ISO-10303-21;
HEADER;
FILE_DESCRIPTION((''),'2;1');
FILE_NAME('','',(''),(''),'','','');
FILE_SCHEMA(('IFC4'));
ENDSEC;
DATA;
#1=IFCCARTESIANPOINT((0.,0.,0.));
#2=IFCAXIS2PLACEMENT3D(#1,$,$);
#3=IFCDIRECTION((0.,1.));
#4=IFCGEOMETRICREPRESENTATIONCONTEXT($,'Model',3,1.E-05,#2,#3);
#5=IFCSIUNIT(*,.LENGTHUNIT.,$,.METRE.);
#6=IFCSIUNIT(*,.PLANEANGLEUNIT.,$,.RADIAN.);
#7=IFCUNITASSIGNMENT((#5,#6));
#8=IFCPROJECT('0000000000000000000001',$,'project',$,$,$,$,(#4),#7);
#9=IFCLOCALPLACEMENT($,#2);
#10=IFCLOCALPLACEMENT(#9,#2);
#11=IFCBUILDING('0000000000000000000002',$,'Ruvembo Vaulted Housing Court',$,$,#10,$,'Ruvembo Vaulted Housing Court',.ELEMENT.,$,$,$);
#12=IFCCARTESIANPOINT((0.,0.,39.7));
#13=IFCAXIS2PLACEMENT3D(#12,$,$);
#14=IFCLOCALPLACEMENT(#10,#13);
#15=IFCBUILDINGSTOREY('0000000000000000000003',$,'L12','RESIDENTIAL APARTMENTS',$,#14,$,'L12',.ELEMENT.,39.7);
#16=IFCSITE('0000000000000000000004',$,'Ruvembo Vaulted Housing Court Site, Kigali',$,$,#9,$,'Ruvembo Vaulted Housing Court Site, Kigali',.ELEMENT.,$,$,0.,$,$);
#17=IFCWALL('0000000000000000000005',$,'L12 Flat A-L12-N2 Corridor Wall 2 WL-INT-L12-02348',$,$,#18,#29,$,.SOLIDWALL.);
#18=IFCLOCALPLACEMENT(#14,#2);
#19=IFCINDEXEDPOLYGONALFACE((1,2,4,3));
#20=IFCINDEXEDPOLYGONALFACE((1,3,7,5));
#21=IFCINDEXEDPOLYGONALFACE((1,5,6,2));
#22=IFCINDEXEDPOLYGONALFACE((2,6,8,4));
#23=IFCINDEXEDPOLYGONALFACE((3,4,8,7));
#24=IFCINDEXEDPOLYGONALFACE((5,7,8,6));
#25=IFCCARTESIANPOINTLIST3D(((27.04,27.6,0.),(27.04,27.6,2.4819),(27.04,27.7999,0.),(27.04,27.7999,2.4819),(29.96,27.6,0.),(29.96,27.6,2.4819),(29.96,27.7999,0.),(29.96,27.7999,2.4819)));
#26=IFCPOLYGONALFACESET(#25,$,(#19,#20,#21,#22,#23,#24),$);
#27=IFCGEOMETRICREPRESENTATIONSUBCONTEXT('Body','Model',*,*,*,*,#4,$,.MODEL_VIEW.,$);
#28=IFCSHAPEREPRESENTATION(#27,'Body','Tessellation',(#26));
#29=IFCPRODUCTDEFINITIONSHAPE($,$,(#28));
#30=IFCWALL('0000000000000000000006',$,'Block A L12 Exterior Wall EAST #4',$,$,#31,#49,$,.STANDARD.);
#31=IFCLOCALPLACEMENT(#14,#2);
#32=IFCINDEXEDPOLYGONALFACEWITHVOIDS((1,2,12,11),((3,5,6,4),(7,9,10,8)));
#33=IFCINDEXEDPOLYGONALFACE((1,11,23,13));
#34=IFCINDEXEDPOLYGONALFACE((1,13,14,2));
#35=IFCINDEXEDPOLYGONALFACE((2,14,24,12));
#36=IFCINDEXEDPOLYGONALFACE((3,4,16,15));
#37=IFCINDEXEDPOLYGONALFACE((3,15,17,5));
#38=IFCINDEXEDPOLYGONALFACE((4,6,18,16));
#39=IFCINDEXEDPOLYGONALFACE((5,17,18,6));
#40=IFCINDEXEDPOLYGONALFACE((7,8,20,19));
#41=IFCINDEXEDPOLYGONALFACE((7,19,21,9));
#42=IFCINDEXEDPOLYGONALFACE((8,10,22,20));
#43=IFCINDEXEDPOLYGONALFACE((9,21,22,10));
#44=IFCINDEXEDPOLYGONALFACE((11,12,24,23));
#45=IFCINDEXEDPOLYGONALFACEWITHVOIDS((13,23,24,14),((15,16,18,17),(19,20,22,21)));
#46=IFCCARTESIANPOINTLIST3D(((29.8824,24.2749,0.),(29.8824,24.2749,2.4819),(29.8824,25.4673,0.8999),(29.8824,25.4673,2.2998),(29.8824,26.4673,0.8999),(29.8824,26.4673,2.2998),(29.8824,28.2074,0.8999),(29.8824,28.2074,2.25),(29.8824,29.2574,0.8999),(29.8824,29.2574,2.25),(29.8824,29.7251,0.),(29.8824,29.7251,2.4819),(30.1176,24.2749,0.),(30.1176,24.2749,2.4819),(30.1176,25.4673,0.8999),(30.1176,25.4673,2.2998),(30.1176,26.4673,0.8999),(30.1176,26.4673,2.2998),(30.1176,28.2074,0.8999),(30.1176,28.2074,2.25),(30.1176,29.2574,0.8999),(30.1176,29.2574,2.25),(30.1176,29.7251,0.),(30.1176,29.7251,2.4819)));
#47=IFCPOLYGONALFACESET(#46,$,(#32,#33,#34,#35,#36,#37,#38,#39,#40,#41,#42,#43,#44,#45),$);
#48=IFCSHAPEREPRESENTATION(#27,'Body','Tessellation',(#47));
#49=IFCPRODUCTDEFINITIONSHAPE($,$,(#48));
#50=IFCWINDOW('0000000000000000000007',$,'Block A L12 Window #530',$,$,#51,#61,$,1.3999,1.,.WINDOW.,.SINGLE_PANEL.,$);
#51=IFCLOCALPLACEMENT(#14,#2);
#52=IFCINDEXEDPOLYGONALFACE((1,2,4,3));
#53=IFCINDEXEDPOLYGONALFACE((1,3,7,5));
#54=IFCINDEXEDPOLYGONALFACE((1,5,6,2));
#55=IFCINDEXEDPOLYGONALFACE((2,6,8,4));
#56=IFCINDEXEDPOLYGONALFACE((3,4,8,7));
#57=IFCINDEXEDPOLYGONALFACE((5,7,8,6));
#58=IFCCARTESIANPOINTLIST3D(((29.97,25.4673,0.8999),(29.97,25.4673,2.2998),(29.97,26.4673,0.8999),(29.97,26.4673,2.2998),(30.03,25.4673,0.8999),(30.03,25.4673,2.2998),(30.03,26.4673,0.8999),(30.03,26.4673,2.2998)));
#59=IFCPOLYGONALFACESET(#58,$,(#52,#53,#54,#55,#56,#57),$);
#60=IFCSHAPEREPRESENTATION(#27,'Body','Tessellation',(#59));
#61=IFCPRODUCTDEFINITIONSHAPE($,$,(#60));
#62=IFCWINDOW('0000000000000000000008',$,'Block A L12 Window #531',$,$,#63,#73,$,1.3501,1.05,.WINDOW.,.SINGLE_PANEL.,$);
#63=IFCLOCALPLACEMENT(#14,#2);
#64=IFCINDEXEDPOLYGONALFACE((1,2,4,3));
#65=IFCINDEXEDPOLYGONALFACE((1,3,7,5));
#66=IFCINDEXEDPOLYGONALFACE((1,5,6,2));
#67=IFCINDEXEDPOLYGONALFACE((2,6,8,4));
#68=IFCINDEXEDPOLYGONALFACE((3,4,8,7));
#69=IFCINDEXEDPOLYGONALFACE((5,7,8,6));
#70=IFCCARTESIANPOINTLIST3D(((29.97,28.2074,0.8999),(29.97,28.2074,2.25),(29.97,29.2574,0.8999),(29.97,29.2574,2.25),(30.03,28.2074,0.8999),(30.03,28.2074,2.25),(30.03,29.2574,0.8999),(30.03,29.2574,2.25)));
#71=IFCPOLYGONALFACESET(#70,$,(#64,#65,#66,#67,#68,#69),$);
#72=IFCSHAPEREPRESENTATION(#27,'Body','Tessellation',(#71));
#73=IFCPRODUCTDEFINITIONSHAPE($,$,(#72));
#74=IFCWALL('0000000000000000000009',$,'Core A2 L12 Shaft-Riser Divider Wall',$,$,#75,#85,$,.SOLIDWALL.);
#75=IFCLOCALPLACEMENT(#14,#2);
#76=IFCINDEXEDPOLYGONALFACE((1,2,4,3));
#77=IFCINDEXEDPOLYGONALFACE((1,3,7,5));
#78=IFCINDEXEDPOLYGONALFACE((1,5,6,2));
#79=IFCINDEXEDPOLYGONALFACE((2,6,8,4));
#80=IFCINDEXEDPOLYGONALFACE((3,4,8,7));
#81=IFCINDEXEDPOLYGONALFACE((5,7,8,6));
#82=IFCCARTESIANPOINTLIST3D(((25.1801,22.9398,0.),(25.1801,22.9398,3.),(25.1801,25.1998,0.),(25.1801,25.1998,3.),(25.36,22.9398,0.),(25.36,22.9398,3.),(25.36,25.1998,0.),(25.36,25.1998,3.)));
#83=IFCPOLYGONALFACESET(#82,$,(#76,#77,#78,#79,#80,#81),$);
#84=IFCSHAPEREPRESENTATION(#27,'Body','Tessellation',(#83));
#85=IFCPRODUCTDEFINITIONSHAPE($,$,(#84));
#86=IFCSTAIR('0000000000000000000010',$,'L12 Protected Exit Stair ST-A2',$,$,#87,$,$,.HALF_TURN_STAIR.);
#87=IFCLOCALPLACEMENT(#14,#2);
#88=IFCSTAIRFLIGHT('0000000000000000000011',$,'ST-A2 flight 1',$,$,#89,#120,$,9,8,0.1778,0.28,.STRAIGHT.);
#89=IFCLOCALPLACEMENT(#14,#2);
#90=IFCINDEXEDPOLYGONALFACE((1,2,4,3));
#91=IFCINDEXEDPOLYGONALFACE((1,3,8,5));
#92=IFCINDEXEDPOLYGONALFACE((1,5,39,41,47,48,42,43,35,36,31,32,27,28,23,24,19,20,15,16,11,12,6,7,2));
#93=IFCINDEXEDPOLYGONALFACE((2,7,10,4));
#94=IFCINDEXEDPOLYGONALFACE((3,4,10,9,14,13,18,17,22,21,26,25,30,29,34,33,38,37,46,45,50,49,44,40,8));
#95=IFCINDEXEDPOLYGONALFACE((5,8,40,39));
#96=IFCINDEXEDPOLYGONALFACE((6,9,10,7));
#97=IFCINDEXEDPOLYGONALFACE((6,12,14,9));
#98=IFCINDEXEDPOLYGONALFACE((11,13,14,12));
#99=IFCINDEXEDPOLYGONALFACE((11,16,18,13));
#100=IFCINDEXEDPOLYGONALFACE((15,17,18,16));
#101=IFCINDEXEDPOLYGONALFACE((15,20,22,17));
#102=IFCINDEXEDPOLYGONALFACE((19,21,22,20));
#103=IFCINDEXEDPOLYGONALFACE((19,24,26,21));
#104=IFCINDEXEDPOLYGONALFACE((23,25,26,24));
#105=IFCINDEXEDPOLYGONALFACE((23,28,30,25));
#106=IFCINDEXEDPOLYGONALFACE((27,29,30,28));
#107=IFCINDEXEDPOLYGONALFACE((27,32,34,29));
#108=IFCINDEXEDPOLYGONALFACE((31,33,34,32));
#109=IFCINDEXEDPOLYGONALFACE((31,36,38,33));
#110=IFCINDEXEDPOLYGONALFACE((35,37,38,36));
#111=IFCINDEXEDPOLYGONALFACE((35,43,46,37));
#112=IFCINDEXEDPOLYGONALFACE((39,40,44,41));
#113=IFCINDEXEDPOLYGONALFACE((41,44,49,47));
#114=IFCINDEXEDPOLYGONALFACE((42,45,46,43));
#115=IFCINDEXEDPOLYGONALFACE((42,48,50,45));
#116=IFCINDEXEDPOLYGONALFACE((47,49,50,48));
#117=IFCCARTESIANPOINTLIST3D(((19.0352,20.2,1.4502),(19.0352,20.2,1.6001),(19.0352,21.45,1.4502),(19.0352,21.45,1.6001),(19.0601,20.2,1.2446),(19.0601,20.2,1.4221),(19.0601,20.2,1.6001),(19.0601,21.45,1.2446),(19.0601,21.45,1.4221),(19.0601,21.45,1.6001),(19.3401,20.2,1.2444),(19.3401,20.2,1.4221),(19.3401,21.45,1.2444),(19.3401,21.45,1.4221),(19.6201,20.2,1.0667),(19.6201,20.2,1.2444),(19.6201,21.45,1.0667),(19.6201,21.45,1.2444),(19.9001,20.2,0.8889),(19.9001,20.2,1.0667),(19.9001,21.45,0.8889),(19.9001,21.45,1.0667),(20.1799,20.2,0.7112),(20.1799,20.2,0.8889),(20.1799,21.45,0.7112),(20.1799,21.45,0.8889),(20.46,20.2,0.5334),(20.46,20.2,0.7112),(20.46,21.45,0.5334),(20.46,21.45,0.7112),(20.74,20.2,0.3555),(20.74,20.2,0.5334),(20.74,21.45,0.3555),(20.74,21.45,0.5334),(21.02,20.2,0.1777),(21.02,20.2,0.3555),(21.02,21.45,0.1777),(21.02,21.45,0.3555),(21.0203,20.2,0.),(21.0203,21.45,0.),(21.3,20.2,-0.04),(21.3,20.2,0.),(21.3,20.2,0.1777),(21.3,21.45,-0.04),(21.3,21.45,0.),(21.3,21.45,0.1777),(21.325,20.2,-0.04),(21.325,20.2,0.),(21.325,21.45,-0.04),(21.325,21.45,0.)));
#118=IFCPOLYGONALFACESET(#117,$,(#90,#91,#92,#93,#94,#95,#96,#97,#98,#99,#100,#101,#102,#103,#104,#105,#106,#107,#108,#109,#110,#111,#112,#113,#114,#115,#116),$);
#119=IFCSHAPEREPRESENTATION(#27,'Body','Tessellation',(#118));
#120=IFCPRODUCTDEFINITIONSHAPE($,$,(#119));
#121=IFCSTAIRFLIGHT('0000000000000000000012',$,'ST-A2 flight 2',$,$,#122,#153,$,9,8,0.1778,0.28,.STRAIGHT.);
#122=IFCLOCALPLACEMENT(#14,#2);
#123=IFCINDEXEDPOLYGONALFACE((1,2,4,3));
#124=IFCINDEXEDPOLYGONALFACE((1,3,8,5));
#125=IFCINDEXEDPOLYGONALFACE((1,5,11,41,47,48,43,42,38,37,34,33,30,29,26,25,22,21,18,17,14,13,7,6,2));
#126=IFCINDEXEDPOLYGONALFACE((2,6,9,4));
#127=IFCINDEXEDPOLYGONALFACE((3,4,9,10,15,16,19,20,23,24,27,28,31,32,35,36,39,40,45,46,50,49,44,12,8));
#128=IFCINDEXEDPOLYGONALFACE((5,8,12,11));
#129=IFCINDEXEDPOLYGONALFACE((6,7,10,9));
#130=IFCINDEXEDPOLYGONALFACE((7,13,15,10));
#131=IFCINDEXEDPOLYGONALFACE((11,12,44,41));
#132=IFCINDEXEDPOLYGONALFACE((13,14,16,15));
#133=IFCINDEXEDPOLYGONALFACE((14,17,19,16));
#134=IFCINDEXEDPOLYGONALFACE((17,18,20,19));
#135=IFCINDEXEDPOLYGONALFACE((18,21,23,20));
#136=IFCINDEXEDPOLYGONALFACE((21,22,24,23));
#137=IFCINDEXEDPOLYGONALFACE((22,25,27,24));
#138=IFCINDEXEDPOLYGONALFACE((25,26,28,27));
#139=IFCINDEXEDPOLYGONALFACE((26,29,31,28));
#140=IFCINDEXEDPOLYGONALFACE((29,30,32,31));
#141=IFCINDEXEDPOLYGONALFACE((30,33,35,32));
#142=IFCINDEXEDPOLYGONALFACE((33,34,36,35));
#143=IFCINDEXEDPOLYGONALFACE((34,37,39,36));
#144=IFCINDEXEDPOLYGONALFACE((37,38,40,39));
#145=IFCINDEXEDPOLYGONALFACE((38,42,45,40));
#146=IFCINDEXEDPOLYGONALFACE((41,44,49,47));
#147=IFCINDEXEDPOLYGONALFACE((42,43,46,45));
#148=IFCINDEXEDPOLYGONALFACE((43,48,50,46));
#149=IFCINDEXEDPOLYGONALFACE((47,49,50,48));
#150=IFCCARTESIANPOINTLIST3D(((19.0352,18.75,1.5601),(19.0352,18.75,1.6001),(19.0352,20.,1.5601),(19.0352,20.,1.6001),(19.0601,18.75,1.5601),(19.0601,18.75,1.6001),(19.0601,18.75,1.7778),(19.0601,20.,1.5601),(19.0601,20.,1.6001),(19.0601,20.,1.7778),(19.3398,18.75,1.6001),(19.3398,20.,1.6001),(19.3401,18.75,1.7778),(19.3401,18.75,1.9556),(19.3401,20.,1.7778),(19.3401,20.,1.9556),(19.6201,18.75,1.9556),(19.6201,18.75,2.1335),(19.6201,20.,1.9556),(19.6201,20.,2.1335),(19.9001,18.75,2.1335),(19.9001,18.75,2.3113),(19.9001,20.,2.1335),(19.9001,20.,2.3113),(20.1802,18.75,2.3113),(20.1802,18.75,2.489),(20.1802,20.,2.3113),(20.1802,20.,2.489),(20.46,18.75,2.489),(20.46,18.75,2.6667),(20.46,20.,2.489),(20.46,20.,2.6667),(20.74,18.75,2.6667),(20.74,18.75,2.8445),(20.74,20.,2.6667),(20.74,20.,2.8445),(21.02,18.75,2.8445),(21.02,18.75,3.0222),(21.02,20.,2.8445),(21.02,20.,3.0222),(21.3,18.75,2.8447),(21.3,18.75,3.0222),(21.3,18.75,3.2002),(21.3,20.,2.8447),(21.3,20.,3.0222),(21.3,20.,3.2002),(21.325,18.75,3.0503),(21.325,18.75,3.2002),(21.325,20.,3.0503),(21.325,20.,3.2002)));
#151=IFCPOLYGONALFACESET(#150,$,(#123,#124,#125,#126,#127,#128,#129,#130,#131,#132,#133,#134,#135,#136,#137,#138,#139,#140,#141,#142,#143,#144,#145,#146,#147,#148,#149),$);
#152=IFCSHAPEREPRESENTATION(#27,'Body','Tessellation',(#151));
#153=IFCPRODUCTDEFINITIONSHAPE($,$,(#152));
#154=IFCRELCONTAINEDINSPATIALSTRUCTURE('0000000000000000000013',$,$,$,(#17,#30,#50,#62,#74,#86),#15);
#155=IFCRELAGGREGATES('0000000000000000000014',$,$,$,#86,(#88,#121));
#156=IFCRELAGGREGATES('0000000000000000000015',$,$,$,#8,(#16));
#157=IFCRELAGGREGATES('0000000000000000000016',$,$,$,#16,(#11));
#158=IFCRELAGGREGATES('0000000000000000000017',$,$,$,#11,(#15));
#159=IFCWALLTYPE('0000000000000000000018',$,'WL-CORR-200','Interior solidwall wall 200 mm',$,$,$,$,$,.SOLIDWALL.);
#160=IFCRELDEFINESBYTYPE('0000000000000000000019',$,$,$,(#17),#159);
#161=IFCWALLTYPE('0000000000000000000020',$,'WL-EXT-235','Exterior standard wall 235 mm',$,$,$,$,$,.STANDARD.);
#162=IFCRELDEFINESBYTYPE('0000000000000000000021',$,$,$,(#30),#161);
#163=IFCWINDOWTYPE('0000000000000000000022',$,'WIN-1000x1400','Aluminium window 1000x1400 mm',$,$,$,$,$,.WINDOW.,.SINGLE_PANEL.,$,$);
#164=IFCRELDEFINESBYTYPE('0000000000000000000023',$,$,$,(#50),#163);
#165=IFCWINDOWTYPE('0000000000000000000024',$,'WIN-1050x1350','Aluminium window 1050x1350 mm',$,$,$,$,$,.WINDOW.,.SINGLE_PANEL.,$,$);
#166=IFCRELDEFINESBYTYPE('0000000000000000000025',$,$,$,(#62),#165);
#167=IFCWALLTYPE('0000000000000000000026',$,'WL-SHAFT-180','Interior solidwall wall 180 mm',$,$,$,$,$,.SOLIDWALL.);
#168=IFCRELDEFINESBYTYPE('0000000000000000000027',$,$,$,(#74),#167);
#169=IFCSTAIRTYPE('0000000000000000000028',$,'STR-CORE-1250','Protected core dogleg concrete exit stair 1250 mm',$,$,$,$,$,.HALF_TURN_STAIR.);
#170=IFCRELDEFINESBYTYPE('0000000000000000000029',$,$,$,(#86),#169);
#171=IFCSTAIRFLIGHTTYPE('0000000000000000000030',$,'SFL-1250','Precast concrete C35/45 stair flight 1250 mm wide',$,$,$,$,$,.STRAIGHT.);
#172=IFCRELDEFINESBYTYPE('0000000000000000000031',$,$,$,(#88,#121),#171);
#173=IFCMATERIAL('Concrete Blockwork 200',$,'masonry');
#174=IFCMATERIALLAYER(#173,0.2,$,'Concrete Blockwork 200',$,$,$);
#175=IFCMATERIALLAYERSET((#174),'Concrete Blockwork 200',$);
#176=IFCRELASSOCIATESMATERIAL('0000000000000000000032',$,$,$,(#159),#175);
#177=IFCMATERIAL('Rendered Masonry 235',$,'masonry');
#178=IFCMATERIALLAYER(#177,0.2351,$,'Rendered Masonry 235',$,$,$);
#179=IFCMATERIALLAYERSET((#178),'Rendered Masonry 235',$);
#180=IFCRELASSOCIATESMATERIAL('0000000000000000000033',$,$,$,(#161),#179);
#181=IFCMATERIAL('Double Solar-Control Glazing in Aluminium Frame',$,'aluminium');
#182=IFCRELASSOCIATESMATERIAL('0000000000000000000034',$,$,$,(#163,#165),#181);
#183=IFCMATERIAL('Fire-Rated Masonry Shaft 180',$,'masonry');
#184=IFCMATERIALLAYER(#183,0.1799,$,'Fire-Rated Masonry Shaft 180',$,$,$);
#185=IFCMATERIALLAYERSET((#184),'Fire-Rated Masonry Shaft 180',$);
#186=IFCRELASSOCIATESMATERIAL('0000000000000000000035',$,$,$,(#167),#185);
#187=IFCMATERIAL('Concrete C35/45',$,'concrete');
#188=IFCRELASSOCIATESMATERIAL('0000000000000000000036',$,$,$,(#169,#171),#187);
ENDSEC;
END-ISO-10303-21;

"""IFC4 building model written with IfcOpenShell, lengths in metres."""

from ifc_helpers import new_model, si_unit, direction, frame, frame_2d, origin, place, context, subcontext, project, spatial, polyline, rectangle, outline, extrude, material, layer, layer_set, type_object, element, fill, aggregate, save


model = new_model("IFC4")

# Units and contexts
model_context = context("Model", 3, precision=1e-05, world=origin(), true_north=direction((0.0, 1.0)))
body_context = subcontext(model_context, "Body", "Model", "MODEL_VIEW")
ifc_project = project(units=[si_unit("LENGTHUNIT", "METRE"), si_unit("PLANEANGLEUNIT", "RADIAN")], contexts=[model_context])

# Site, building, storey
site_placement = place(None, origin())
site = spatial("IfcSite", under=ifc_project, at=site_placement, Name="Ruvembo Vaulted Housing Court Site, Kigali", LongName="Ruvembo Vaulted Housing Court Site, Kigali", CompositionType="ELEMENT", RefElevation=0.0)
building_placement = place(site_placement, origin())
building = spatial("IfcBuilding", under=site, at=building_placement, Name="Ruvembo Vaulted Housing Court", LongName="Ruvembo Vaulted Housing Court", CompositionType="ELEMENT")
storey_placement = place(building_placement, frame((0.0, 0.0, 39.7)))
storey = spatial("IfcBuildingStorey", under=building, at=storey_placement, Name="L12", Description="RESIDENTIAL APARTMENTS", LongName="L12", CompositionType="ELEMENT", Elevation=39.7)

# Shared definitions
ifc_material_1 = material(Name="Concrete C35/45", Category="concrete")

# Shared definitions
ifc_material_2 = material(Name="Concrete Blockwork 200", Category="masonry")
ifc_layer_1 = layer(ifc_material_2, 0.2, Name="Concrete Blockwork 200")
ifc_layer_set_1 = layer_set([ifc_layer_1], Name="Concrete Blockwork 200")
wall_type_1 = type_object("IfcWallType", Name="WL-CORR-200", Description="Interior solidwall wall 200 mm", PredefinedType="SOLIDWALL", material=ifc_layer_set_1)

# Wall
wall_1_placement = place(storey_placement, frame((27.04, 27.7, 0.0), z_axis=(0.0, 0.0, 1.0), x_axis=(1.0, 0.0, 0.0)))
element("IfcWall", 1, at=wall_1_placement, inside=storey, type_object=wall_type_1, Name="L12 Flat A-L12-N2 Corridor Wall 2 WL-INT-L12-02348", PredefinedType="SOLIDWALL", context=body_context, shape_type="SweptSolid", body=[
    extrude(rectangle(XDim=2.9199, YDim=0.2, at=frame_2d((1.46, 0.0))), origin(), (0.0, 0.0, 1.0), 2.4819),
])

# Wall, openings, windows
ifc_material_3 = material(Name="Rendered Masonry 235", Category="masonry")
ifc_layer_2 = layer(ifc_material_3, 0.2351, Name="Rendered Masonry 235")
ifc_layer_set_2 = layer_set([ifc_layer_2], Name="Rendered Masonry 235")
wall_type_2 = type_object("IfcWallType", Name="WL-EXT-235", Description="Exterior standard wall 235 mm", PredefinedType="STANDARD", material=ifc_layer_set_2)
wall_2_placement = place(storey_placement, frame((30.0, 24.2749, 0.0), z_axis=(0.0, 0.0, 1.0), x_axis=(0.0, 1.0, 0.0)))
wall_2 = element("IfcWall", 2, at=wall_2_placement, inside=storey, type_object=wall_type_2, Name="Block A L12 Exterior Wall EAST #4", PredefinedType="STANDARD", context=body_context, shape_type="SweptSolid", body=[
    extrude(rectangle(XDim=5.4502, YDim=0.2351, at=frame_2d((2.7251, 0.0))), origin(), (0.0, 0.0, 1.0), 2.4819),
])
opening_1_placement = place(wall_2_placement, frame((1.1924, 0.0, 0.8999)))
opening_1 = element("IfcOpeningElement", 3, at=opening_1_placement, cuts=wall_2, PredefinedType="OPENING", context=body_context, shape_type="SweptSolid", body=[
    extrude(rectangle(XDim=1.0, YDim=1.3999, at=frame_2d((0.5, 0.7))), frame((0.0, 0.1274, 0.0), z_axis=(0.0, -1.0, 0.0), x_axis=(1.0, 0.0, 0.0)), (0.0, 0.0, 1.0), 0.2551),
])
opening_2_placement = place(wall_2_placement, frame((3.9326, 0.0, 0.8999)))
opening_2 = element("IfcOpeningElement", 4, at=opening_2_placement, cuts=wall_2, PredefinedType="OPENING", context=body_context, shape_type="SweptSolid", body=[
    extrude(rectangle(XDim=1.05, YDim=1.3501, at=frame_2d((0.5249, 0.675))), frame((0.0, 0.1274, 0.0), z_axis=(0.0, -1.0, 0.0), x_axis=(1.0, 0.0, 0.0)), (0.0, 0.0, 1.0), 0.2551),
])
ifc_material_4 = material(Name="Double Solar-Control Glazing in Aluminium Frame", Category="aluminium")
window_type_1 = type_object("IfcWindowType", Name="WIN-1000x1400", Description="Aluminium window 1000x1400 mm", PartitioningType="SINGLE_PANEL", PredefinedType="WINDOW", material=ifc_material_4)
window_1_placement = place(opening_1_placement, origin())
window_1 = element("IfcWindow", 5, at=window_1_placement, inside=storey, type_object=window_type_1, Name="Block A L12 Window #530", OverallHeight=1.3999, OverallWidth=1.0, PartitioningType="SINGLE_PANEL", PredefinedType="WINDOW", context=body_context, shape_type="SweptSolid", body=[
    extrude(rectangle(XDim=1.0, YDim=1.3999, at=frame_2d((0.5, 0.7))), frame((0.0, 0.03, 0.0), z_axis=(0.0, -1.0, 0.0), x_axis=(1.0, 0.0, 0.0)), (0.0, 0.0, 1.0), 0.0601),
])
fill(opening_1, window_1)
window_type_2 = type_object("IfcWindowType", Name="WIN-1050x1350", Description="Aluminium window 1050x1350 mm", PartitioningType="SINGLE_PANEL", PredefinedType="WINDOW", material=ifc_material_4)
window_2_placement = place(opening_2_placement, origin())
window_2 = element("IfcWindow", 6, at=window_2_placement, inside=storey, type_object=window_type_2, Name="Block A L12 Window #531", OverallHeight=1.3501, OverallWidth=1.05, PartitioningType="SINGLE_PANEL", PredefinedType="WINDOW", context=body_context, shape_type="SweptSolid", body=[
    extrude(rectangle(XDim=1.05, YDim=1.3501, at=frame_2d((0.5249, 0.675))), frame((0.0, 0.03, 0.0), z_axis=(0.0, -1.0, 0.0), x_axis=(1.0, 0.0, 0.0)), (0.0, 0.0, 1.0), 0.0601),
])
fill(opening_2, window_2)

# Shared definitions
ifc_material_5 = material(Name="Fire-Rated Masonry Shaft 180", Category="masonry")
ifc_layer_3 = layer(ifc_material_5, 0.1799, Name="Fire-Rated Masonry Shaft 180")
ifc_layer_set_3 = layer_set([ifc_layer_3], Name="Fire-Rated Masonry Shaft 180")
wall_type_3 = type_object("IfcWallType", Name="WL-SHAFT-180", Description="Interior solidwall wall 180 mm", PredefinedType="SOLIDWALL", material=ifc_layer_set_3)

# Wall
wall_3_placement = place(storey_placement, frame((25.27, 22.9399, 0.0), z_axis=(0.0, 0.0, 1.0), x_axis=(0.0, 1.0, 0.0)))
element("IfcWall", 7, at=wall_3_placement, inside=storey, type_object=wall_type_3, Name="Core A2 L12 Shaft-Riser Divider Wall", PredefinedType="SOLIDWALL", context=body_context, shape_type="SweptSolid", body=[
    extrude(rectangle(XDim=2.26, YDim=0.1799, at=frame_2d((1.1299, 0.0))), origin(), (0.0, 0.0, 1.0), 3.0),
])

# Stair, stair flights
stair_type = type_object("IfcStairType", Name="STR-CORE-1250", Description="Protected core dogleg concrete exit stair 1250 mm", PredefinedType="HALF_TURN_STAIR", material=ifc_material_1)
stair_placement = place(storey_placement, origin())
stair = element("IfcStair", 8, at=stair_placement, inside=storey, type_object=stair_type, Name="L12 Protected Exit Stair ST-A2", PredefinedType="HALF_TURN_STAIR")
stair_flight_type = type_object("IfcStairFlightType", Name="SFL-1250", Description="Precast concrete C35/45 stair flight 1250 mm wide", PredefinedType="STRAIGHT", material=ifc_material_1)
stair_flight_1_placement = place(storey_placement, frame((21.3, 20.825, 0.0), z_axis=(0.0, 0.0, 1.0), x_axis=(-1.0, 0.0, 0.0)))
stair_flight_1 = element("IfcStairFlight", 9, at=stair_flight_1_placement, type_object=stair_flight_type, Name="ST-A2 flight 1", NumberOfRisers=9, NumberOfTreads=8, PredefinedType="STRAIGHT", RiserHeight=0.1778, TreadLength=0.28, context=body_context, shape_type="SweptSolid", body=[
    extrude(outline(polyline([(-0.0249, -0.04), (-0.0249, 0.0), (0.0, 0.0), (0.0, 0.1777), (0.28, 0.1777), (0.28, 0.3555), (0.5601, 0.3555), (0.5601, 0.5334), (0.8401, 0.5334), (0.8401, 0.7112), (1.1201, 0.7112), (1.1201, 0.8889), (1.3999, 0.8889), (1.3999, 1.0667), (1.6799, 1.0667), (1.6799, 1.2444), (1.96, 1.2444), (1.96, 1.4221), (2.24, 1.4221), (2.24, 1.6001), (2.2649, 1.6001), (2.2649, 1.4502), (2.24, 1.2446), (0.2798, 0.0), (0.0, -0.04), (-0.0249, -0.04)])), frame((0.0, 0.625, 0.0), z_axis=(0.0, -1.0, 0.0), x_axis=(1.0, 0.0, 0.0)), (0.0, 0.0, 1.0), 1.25),
])
stair_flight_2_placement = place(storey_placement, frame((19.0601, 19.375, 1.6001), z_axis=(0.0, 0.0, 1.0), x_axis=(1.0, 0.0, 0.0)))
stair_flight_2 = element("IfcStairFlight", 10, at=stair_flight_2_placement, type_object=stair_flight_type, Name="ST-A2 flight 2", NumberOfRisers=9, NumberOfTreads=8, PredefinedType="STRAIGHT", RiserHeight=0.1778, TreadLength=0.28, context=body_context, shape_type="SweptSolid", body=[
    extrude(outline(polyline([(-0.0249, -0.04), (-0.0249, 0.0), (0.0, 0.0), (0.0, 0.1777), (0.28, 0.1777), (0.28, 0.3555), (0.5601, 0.3555), (0.5601, 0.5334), (0.8401, 0.5334), (0.8401, 0.7112), (1.1201, 0.7112), (1.1201, 0.8889), (1.3999, 0.8889), (1.3999, 1.0667), (1.6799, 1.0667), (1.6799, 1.2444), (1.96, 1.2444), (1.96, 1.4221), (2.24, 1.4221), (2.24, 1.6001), (2.2649, 1.6001), (2.2649, 1.4502), (2.24, 1.2446), (0.2798, 0.0), (0.0, -0.04), (-0.0249, -0.04)])), frame((0.0, 0.625, 0.0), z_axis=(0.0, -1.0, 0.0), x_axis=(1.0, 0.0, 0.0)), (0.0, 0.0, 1.0), 1.25),
])
aggregate(stair, [stair_flight_1, stair_flight_2])

save(model, "model.ifc")
